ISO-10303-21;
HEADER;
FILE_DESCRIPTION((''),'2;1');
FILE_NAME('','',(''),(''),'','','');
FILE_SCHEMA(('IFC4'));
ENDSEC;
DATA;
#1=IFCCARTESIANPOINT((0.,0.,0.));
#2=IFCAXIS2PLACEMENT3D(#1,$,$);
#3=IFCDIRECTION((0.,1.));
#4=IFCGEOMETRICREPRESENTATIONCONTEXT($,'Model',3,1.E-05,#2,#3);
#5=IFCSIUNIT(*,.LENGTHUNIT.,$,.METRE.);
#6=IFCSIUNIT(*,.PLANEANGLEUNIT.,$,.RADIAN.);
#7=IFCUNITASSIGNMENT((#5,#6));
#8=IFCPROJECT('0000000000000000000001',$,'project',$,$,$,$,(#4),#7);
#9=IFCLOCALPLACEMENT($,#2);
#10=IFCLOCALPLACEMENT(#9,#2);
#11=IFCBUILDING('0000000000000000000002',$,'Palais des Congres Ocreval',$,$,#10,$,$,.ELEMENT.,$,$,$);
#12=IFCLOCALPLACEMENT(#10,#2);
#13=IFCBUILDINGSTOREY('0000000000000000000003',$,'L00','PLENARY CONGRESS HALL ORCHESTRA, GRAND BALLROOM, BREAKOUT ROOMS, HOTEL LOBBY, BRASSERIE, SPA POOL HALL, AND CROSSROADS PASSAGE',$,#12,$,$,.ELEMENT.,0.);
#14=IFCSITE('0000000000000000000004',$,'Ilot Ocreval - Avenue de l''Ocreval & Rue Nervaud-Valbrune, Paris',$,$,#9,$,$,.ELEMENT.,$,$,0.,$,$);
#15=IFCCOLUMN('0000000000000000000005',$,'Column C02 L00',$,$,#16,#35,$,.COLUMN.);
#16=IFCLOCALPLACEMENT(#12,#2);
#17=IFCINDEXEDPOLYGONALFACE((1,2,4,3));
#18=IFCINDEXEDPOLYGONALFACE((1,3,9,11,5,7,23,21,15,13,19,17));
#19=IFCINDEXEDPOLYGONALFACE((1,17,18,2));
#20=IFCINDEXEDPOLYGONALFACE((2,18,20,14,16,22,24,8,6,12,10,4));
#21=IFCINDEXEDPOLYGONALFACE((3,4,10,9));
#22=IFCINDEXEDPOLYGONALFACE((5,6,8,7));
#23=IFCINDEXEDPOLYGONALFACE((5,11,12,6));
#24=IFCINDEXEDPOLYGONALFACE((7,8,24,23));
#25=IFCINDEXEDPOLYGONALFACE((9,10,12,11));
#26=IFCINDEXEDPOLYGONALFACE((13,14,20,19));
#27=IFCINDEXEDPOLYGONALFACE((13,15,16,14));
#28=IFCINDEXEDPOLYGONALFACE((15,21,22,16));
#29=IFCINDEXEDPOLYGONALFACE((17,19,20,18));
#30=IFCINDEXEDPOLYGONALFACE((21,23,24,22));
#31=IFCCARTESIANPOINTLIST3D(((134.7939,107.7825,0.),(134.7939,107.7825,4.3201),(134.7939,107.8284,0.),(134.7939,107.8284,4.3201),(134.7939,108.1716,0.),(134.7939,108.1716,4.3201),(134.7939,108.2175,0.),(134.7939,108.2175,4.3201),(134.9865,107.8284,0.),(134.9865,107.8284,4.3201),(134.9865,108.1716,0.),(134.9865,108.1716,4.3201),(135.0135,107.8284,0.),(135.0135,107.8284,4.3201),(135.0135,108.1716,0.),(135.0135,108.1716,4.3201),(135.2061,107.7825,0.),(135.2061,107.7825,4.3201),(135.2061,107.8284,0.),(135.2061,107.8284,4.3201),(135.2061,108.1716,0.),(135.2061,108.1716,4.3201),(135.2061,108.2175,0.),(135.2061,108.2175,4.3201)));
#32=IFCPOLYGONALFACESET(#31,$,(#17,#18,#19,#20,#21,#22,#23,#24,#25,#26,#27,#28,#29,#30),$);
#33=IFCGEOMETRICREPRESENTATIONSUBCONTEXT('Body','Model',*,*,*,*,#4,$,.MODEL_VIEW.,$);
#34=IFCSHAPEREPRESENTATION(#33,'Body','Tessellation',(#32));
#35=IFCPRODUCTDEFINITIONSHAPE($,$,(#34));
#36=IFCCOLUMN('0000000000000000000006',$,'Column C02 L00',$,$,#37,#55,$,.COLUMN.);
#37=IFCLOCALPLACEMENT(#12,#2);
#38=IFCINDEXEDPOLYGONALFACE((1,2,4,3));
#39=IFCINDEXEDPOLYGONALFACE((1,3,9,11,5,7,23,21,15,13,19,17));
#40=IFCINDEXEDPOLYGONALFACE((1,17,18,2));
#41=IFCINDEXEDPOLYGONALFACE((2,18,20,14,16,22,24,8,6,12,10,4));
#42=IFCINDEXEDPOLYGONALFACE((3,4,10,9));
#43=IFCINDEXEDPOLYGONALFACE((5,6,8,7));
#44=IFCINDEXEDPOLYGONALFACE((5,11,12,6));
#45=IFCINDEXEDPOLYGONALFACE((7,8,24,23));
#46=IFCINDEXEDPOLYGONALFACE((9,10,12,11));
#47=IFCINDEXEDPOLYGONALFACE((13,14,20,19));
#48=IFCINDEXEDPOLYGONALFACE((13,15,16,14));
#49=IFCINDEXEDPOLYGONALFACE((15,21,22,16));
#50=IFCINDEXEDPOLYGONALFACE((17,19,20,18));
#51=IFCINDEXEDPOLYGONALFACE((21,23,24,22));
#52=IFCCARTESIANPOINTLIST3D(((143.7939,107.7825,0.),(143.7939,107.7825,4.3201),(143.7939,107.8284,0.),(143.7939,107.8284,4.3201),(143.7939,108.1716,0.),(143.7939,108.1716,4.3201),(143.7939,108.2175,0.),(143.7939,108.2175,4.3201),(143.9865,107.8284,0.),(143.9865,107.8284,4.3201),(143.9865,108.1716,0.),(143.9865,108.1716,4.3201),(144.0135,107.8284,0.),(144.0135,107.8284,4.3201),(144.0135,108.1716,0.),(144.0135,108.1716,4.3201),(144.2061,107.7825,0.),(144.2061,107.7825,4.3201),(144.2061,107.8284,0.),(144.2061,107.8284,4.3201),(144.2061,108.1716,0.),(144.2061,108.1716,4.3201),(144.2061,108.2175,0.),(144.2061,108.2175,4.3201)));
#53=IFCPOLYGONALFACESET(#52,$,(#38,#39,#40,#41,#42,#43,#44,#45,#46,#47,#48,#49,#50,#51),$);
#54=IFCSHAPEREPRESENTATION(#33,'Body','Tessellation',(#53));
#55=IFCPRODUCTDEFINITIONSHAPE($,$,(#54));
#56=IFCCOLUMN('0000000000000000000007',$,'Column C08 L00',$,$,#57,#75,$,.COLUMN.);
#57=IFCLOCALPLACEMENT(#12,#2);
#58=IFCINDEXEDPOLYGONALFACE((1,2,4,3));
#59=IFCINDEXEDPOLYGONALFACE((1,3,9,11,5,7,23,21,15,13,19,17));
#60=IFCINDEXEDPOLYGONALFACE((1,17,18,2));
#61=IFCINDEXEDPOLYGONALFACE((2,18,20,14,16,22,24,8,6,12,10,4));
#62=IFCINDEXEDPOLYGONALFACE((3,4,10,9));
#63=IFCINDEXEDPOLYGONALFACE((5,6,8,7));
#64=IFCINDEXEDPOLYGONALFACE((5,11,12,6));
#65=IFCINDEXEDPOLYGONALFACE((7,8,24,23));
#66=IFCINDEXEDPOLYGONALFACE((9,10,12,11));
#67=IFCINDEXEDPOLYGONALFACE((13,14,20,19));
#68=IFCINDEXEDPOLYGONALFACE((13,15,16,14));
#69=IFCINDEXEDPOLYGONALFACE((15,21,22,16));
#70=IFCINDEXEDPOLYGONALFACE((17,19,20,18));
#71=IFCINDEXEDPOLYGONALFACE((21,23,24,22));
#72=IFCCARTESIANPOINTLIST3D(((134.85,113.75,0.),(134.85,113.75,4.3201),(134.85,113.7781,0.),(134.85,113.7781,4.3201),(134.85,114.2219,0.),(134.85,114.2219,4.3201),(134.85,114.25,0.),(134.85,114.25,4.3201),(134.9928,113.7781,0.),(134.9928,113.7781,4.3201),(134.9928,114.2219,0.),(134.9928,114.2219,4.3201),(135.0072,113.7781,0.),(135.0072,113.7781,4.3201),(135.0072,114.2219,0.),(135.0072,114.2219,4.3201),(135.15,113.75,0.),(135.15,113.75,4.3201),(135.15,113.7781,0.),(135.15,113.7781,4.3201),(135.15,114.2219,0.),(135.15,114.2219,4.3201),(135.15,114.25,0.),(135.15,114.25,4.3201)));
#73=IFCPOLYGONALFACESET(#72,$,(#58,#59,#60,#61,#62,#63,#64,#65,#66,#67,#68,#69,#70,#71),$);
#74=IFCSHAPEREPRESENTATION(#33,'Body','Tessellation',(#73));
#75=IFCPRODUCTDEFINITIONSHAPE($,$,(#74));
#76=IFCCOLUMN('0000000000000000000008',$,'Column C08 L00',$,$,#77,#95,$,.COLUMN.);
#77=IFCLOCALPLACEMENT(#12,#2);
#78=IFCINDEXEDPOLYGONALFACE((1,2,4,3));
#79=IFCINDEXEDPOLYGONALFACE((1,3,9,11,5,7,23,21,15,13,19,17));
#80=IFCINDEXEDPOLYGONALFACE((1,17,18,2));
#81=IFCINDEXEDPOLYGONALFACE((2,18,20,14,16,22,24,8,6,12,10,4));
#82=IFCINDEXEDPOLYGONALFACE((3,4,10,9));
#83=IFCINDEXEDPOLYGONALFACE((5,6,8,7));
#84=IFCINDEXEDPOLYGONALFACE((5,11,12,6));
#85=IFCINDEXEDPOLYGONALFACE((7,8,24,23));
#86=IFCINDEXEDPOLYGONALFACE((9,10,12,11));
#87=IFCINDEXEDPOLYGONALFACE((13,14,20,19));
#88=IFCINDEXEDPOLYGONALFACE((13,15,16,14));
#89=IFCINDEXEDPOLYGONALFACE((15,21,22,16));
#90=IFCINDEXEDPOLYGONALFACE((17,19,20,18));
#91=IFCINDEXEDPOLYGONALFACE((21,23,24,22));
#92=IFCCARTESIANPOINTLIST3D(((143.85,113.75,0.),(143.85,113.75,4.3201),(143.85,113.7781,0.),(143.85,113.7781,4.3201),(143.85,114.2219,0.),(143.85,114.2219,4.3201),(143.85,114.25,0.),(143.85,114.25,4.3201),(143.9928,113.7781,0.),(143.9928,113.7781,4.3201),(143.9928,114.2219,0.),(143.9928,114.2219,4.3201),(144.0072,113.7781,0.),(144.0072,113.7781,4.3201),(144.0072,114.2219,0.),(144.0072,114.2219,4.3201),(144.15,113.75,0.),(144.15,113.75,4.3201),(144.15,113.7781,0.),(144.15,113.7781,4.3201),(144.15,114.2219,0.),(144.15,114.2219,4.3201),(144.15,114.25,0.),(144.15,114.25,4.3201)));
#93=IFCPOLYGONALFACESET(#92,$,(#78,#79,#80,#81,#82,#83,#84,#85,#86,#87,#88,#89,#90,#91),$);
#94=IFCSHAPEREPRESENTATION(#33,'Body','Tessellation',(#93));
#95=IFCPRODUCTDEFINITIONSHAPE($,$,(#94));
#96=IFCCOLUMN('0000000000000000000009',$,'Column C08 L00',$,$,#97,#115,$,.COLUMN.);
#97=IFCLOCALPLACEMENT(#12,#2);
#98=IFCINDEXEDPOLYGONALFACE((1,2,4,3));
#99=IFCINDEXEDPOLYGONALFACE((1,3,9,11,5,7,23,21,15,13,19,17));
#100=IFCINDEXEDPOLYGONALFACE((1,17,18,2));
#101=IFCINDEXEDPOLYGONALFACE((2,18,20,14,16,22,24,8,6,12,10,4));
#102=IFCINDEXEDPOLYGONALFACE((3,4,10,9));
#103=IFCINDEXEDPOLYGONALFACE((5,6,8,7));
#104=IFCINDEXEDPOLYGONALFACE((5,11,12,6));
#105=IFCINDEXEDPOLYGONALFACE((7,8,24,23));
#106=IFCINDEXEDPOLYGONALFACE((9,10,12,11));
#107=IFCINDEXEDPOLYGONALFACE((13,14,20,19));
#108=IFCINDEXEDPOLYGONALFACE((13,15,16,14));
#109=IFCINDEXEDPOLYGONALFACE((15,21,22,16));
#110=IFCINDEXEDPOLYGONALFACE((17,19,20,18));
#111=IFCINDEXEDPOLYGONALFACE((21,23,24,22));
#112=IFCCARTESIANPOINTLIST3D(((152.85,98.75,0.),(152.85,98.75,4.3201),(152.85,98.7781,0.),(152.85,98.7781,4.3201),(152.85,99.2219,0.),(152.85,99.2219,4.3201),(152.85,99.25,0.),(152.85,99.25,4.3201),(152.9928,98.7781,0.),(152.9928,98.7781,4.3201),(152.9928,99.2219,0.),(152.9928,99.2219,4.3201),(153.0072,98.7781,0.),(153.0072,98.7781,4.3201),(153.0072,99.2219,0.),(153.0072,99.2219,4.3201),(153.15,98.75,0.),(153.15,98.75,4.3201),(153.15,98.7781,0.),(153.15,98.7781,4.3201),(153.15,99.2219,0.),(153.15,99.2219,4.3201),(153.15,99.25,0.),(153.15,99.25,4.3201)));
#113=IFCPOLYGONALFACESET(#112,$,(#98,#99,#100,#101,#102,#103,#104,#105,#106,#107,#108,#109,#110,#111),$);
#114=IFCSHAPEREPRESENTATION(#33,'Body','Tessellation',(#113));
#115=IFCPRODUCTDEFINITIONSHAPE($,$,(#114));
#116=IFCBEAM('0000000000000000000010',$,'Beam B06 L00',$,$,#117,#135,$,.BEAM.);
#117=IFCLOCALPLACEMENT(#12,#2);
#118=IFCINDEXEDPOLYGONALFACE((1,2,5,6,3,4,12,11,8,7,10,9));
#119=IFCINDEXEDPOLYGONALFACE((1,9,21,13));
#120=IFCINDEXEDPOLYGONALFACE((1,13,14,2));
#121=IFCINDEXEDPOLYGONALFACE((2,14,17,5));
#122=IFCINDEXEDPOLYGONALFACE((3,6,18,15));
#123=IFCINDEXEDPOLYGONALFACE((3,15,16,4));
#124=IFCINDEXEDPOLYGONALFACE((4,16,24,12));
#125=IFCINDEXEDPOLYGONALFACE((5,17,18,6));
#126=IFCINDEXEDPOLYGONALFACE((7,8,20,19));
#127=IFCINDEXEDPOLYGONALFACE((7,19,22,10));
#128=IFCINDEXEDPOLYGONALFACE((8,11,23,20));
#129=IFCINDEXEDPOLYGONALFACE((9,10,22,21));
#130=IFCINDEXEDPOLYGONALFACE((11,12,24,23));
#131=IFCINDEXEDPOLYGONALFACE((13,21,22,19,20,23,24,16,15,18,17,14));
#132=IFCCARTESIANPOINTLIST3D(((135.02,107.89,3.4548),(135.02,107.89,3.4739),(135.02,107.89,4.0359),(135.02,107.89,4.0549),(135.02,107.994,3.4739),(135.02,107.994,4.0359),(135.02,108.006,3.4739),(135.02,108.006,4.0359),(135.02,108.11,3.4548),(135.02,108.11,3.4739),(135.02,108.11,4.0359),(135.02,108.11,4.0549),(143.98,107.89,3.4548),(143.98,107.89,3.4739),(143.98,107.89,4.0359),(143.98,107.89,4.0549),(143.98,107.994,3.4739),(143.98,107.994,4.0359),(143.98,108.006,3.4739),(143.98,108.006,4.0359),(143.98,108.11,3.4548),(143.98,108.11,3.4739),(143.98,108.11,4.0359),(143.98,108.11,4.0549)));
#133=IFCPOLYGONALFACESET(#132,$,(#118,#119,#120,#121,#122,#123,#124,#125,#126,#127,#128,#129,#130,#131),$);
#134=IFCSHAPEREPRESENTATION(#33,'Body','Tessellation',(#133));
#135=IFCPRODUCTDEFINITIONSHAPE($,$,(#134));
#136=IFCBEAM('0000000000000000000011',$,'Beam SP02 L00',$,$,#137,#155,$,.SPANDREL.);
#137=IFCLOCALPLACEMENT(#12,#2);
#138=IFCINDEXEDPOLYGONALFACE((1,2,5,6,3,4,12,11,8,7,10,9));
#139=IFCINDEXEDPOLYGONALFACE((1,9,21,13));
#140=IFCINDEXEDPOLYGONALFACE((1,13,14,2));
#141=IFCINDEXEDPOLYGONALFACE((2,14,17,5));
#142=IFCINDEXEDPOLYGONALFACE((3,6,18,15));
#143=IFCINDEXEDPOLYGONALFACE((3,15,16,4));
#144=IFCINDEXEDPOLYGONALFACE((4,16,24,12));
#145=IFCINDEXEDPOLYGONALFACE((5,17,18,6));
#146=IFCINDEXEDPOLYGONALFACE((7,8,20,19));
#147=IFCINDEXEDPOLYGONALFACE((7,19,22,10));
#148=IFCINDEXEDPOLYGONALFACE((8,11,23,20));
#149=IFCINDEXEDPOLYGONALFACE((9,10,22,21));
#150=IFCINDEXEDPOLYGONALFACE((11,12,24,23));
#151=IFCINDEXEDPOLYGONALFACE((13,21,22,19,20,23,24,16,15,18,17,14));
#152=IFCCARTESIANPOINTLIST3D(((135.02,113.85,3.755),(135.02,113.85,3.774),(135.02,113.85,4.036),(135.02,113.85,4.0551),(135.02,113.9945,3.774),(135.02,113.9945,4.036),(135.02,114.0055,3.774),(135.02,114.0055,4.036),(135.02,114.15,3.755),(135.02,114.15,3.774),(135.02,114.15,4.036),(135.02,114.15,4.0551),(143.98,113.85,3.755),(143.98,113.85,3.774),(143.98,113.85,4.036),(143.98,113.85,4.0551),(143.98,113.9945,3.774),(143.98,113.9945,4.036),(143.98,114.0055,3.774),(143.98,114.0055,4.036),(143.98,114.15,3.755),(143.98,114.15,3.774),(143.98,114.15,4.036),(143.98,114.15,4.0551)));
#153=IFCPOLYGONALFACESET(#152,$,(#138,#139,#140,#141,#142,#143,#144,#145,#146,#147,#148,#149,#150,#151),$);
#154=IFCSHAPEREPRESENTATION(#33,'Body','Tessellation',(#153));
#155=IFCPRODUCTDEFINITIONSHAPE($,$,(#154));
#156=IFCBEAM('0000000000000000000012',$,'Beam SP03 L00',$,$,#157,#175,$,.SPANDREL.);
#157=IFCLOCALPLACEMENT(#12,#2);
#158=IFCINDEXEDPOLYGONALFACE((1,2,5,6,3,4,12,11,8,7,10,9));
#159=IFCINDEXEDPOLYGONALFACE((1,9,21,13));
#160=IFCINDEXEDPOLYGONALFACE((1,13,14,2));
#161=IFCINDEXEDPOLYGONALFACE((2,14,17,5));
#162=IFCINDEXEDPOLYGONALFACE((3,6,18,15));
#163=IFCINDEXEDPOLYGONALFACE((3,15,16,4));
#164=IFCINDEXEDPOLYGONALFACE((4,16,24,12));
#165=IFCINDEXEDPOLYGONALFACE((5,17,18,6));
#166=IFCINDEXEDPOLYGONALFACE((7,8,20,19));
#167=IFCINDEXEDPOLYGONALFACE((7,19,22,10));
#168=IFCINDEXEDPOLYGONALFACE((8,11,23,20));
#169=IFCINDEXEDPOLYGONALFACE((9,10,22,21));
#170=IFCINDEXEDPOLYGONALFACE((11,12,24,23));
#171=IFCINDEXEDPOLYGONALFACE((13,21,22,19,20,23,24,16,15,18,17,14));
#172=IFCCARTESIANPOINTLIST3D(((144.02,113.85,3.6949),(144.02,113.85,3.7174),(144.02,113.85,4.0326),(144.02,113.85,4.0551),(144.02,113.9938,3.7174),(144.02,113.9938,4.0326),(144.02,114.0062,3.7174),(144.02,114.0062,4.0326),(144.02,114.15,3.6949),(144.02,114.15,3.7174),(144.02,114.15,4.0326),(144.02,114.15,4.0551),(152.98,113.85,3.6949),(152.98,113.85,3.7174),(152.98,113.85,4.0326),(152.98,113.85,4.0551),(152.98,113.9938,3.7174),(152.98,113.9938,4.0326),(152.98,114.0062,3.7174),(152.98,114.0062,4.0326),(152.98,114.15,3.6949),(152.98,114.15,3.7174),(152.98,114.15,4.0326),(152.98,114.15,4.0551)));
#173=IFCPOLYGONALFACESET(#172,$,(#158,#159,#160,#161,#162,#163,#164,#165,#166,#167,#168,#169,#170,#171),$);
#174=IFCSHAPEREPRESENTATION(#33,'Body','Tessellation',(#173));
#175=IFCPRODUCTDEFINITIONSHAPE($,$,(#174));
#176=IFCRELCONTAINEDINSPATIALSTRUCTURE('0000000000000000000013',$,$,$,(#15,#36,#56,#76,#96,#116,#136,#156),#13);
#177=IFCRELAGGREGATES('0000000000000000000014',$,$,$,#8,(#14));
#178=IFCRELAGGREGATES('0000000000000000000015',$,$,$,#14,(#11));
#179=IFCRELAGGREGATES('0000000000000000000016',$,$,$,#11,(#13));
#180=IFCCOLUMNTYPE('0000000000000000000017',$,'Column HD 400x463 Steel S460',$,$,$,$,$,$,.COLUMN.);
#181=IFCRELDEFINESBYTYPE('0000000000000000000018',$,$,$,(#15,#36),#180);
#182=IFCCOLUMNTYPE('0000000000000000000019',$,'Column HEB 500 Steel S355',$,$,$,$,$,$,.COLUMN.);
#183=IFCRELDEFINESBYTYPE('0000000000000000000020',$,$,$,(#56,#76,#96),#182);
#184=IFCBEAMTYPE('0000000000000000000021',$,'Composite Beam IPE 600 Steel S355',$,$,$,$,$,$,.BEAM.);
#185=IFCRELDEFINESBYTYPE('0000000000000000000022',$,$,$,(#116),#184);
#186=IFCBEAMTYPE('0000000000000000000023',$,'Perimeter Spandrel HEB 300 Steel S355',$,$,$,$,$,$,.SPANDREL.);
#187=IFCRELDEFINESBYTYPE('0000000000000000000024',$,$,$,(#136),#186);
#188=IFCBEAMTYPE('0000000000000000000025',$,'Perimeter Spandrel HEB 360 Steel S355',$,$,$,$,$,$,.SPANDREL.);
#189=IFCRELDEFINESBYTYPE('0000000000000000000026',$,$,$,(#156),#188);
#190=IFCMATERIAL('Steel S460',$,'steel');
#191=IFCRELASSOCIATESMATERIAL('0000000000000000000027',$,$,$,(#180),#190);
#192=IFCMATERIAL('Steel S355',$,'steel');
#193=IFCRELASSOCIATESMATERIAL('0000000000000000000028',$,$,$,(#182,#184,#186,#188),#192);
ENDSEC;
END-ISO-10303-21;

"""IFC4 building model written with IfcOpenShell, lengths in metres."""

from ifc_helpers import new_model, si_unit, direction, frame, origin, origin_2d, place, context, subcontext, project, spatial, i_section, extrude, material, material_profile, profile_set, type_object, element, save


model = new_model("IFC4")

# Units and contexts
model_context = context("Model", 3, precision=1e-05, world=origin(), true_north=direction((0.0, 1.0)))
body_context = subcontext(model_context, "Body", "Model", "MODEL_VIEW")
ifc_project = project(units=[si_unit("LENGTHUNIT", "METRE"), si_unit("PLANEANGLEUNIT", "RADIAN")], contexts=[model_context])

# Site, building, storey
site_placement = place(None, origin())
site = spatial("IfcSite", under=ifc_project, at=site_placement, Name="Ilot Ocreval - Avenue de l'Ocreval & Rue Nervaud-Valbrune, Paris", CompositionType="ELEMENT", RefElevation=0.0)
building_placement = place(site_placement, origin())
building = spatial("IfcBuilding", under=site, at=building_placement, Name="Palais des Congres Ocreval", CompositionType="ELEMENT")
storey_placement = place(building_placement, origin())
storey = spatial("IfcBuildingStorey", under=building, at=storey_placement, Name="L00", Description="PLENARY CONGRESS HALL ORCHESTRA, GRAND BALLROOM, BREAKOUT ROOMS, HOTEL LOBBY, BRASSERIE, SPA POOL HALL, AND CROSSROADS PASSAGE", CompositionType="ELEMENT", Elevation=0.0)

# Columns
ifc_material_1 = material(Name="Steel S460", Category="steel")
ifc_material_profile_1 = material_profile(ifc_material_1, i_section(OverallWidth=0.4121, OverallDepth=0.4351, WebThickness=0.0271, FlangeThickness=0.0459, at=origin_2d()), Name="HD 400x463")
ifc_profile_set_1 = profile_set([ifc_material_profile_1], Name="Steel S460")
column_type_1 = type_object("IfcColumnType", Name="Column HD 400x463 Steel S460", PredefinedType="COLUMN", material=ifc_profile_set_1)
for number, where, z_axis, x_axis, name in (
    (1, (135.0, 108.0, 0.0), (0.0, 0.0, 1.0), (1.0, 0.0, 0.0), "Column C02 L00"),
    (2, (144.0, 108.0, 0.0), (0.0, 0.0, 1.0), (1.0, 0.0, 0.0), "Column C02 L00"),
):
    element("IfcColumn", number, at=place(storey_placement, frame(where, z_axis=z_axis, x_axis=x_axis)), inside=storey, type_object=column_type_1, Name=name, PredefinedType="COLUMN", context=body_context, shape_type="SweptSolid", body=[
        extrude(i_section(OverallWidth=0.4121, OverallDepth=0.4351, WebThickness=0.0271, FlangeThickness=0.0459, at=origin_2d()), origin(), (0.0, 0.0, 1.0), 4.3201),
    ])
ifc_material_2 = material(Name="Steel S355", Category="steel")
ifc_material_profile_2 = material_profile(ifc_material_2, i_section(OverallWidth=0.3, OverallDepth=0.5, WebThickness=0.0144, FlangeThickness=0.0281, at=origin_2d()), Name="HEB 500")
ifc_profile_set_2 = profile_set([ifc_material_profile_2], Name="Steel S355")
column_type_2 = type_object("IfcColumnType", Name="Column HEB 500 Steel S355", PredefinedType="COLUMN", material=ifc_profile_set_2)
for number, where, z_axis, x_axis, name in (
    (3, (135.0, 114.0, 0.0), (0.0, 0.0, 1.0), (1.0, 0.0, 0.0), "Column C08 L00"),
    (4, (144.0, 114.0, 0.0), (0.0, 0.0, 1.0), (1.0, 0.0, 0.0), "Column C08 L00"),
    (5, (153.0, 99.0, 0.0), (0.0, 0.0, 1.0), (1.0, 0.0, 0.0), "Column C08 L00"),
):
    element("IfcColumn", number, at=place(storey_placement, frame(where, z_axis=z_axis, x_axis=x_axis)), inside=storey, type_object=column_type_2, Name=name, PredefinedType="COLUMN", context=body_context, shape_type="SweptSolid", body=[
        extrude(i_section(OverallWidth=0.3, OverallDepth=0.5, WebThickness=0.0144, FlangeThickness=0.0281, at=origin_2d()), origin(), (0.0, 0.0, 1.0), 4.3201),
    ])

# Beams
ifc_material_profile_3 = material_profile(ifc_material_2, i_section(OverallWidth=0.22, OverallDepth=0.6001, WebThickness=0.012, FlangeThickness=0.019, at=origin_2d()), Name="IPE 600")
ifc_profile_set_3 = profile_set([ifc_material_profile_3], Name="Steel S355")
beam_type_1 = type_object("IfcBeamType", Name="Composite Beam IPE 600 Steel S355", PredefinedType="BEAM", material=ifc_profile_set_3)
beam_1_placement = place(storey_placement, frame((135.02, 108.0, 3.7549), z_axis=(1.0, 0.0, 0.0), x_axis=(0.0, 1.0, 0.0)))
element("IfcBeam", 6, at=beam_1_placement, inside=storey, type_object=beam_type_1, Name="Beam B06 L00", PredefinedType="BEAM", context=body_context, shape_type="SweptSolid", body=[
    extrude(i_section(OverallWidth=0.22, OverallDepth=0.6001, WebThickness=0.012, FlangeThickness=0.019, at=origin_2d()), origin(), (0.0, 0.0, 1.0), 8.96),
])
ifc_material_profile_4 = material_profile(ifc_material_2, i_section(OverallWidth=0.3, OverallDepth=0.3, WebThickness=0.011, FlangeThickness=0.019, at=origin_2d()), Name="HEB 300")
ifc_profile_set_4 = profile_set([ifc_material_profile_4], Name="Steel S355")
beam_type_2 = type_object("IfcBeamType", Name="Perimeter Spandrel HEB 300 Steel S355", PredefinedType="SPANDREL", material=ifc_profile_set_4)
beam_2_placement = place(storey_placement, frame((135.02, 114.0, 3.905), z_axis=(1.0, 0.0, 0.0), x_axis=(0.0, 1.0, 0.0)))
element("IfcBeam", 7, at=beam_2_placement, inside=storey, type_object=beam_type_2, Name="Beam SP02 L00", PredefinedType="SPANDREL", context=body_context, shape_type="SweptSolid", body=[
    extrude(i_section(OverallWidth=0.3, OverallDepth=0.3, WebThickness=0.011, FlangeThickness=0.019, at=origin_2d()), origin(), (0.0, 0.0, 1.0), 8.96),
])
ifc_material_profile_5 = material_profile(ifc_material_2, i_section(OverallWidth=0.3, OverallDepth=0.3601, WebThickness=0.0125, FlangeThickness=0.0225, at=origin_2d()), Name="HEB 360")
ifc_profile_set_5 = profile_set([ifc_material_profile_5], Name="Steel S355")
beam_type_3 = type_object("IfcBeamType", Name="Perimeter Spandrel HEB 360 Steel S355", PredefinedType="SPANDREL", material=ifc_profile_set_5)
beam_3_placement = place(storey_placement, frame((144.02, 114.0, 3.875), z_axis=(1.0, 0.0, 0.0), x_axis=(0.0, 1.0, 0.0)))
element("IfcBeam", 8, at=beam_3_placement, inside=storey, type_object=beam_type_3, Name="Beam SP03 L00", PredefinedType="SPANDREL", context=body_context, shape_type="SweptSolid", body=[
    extrude(i_section(OverallWidth=0.3, OverallDepth=0.3601, WebThickness=0.0125, FlangeThickness=0.0225, at=origin_2d()), origin(), (0.0, 0.0, 1.0), 8.96),
])

save(model, "model.ifc")
